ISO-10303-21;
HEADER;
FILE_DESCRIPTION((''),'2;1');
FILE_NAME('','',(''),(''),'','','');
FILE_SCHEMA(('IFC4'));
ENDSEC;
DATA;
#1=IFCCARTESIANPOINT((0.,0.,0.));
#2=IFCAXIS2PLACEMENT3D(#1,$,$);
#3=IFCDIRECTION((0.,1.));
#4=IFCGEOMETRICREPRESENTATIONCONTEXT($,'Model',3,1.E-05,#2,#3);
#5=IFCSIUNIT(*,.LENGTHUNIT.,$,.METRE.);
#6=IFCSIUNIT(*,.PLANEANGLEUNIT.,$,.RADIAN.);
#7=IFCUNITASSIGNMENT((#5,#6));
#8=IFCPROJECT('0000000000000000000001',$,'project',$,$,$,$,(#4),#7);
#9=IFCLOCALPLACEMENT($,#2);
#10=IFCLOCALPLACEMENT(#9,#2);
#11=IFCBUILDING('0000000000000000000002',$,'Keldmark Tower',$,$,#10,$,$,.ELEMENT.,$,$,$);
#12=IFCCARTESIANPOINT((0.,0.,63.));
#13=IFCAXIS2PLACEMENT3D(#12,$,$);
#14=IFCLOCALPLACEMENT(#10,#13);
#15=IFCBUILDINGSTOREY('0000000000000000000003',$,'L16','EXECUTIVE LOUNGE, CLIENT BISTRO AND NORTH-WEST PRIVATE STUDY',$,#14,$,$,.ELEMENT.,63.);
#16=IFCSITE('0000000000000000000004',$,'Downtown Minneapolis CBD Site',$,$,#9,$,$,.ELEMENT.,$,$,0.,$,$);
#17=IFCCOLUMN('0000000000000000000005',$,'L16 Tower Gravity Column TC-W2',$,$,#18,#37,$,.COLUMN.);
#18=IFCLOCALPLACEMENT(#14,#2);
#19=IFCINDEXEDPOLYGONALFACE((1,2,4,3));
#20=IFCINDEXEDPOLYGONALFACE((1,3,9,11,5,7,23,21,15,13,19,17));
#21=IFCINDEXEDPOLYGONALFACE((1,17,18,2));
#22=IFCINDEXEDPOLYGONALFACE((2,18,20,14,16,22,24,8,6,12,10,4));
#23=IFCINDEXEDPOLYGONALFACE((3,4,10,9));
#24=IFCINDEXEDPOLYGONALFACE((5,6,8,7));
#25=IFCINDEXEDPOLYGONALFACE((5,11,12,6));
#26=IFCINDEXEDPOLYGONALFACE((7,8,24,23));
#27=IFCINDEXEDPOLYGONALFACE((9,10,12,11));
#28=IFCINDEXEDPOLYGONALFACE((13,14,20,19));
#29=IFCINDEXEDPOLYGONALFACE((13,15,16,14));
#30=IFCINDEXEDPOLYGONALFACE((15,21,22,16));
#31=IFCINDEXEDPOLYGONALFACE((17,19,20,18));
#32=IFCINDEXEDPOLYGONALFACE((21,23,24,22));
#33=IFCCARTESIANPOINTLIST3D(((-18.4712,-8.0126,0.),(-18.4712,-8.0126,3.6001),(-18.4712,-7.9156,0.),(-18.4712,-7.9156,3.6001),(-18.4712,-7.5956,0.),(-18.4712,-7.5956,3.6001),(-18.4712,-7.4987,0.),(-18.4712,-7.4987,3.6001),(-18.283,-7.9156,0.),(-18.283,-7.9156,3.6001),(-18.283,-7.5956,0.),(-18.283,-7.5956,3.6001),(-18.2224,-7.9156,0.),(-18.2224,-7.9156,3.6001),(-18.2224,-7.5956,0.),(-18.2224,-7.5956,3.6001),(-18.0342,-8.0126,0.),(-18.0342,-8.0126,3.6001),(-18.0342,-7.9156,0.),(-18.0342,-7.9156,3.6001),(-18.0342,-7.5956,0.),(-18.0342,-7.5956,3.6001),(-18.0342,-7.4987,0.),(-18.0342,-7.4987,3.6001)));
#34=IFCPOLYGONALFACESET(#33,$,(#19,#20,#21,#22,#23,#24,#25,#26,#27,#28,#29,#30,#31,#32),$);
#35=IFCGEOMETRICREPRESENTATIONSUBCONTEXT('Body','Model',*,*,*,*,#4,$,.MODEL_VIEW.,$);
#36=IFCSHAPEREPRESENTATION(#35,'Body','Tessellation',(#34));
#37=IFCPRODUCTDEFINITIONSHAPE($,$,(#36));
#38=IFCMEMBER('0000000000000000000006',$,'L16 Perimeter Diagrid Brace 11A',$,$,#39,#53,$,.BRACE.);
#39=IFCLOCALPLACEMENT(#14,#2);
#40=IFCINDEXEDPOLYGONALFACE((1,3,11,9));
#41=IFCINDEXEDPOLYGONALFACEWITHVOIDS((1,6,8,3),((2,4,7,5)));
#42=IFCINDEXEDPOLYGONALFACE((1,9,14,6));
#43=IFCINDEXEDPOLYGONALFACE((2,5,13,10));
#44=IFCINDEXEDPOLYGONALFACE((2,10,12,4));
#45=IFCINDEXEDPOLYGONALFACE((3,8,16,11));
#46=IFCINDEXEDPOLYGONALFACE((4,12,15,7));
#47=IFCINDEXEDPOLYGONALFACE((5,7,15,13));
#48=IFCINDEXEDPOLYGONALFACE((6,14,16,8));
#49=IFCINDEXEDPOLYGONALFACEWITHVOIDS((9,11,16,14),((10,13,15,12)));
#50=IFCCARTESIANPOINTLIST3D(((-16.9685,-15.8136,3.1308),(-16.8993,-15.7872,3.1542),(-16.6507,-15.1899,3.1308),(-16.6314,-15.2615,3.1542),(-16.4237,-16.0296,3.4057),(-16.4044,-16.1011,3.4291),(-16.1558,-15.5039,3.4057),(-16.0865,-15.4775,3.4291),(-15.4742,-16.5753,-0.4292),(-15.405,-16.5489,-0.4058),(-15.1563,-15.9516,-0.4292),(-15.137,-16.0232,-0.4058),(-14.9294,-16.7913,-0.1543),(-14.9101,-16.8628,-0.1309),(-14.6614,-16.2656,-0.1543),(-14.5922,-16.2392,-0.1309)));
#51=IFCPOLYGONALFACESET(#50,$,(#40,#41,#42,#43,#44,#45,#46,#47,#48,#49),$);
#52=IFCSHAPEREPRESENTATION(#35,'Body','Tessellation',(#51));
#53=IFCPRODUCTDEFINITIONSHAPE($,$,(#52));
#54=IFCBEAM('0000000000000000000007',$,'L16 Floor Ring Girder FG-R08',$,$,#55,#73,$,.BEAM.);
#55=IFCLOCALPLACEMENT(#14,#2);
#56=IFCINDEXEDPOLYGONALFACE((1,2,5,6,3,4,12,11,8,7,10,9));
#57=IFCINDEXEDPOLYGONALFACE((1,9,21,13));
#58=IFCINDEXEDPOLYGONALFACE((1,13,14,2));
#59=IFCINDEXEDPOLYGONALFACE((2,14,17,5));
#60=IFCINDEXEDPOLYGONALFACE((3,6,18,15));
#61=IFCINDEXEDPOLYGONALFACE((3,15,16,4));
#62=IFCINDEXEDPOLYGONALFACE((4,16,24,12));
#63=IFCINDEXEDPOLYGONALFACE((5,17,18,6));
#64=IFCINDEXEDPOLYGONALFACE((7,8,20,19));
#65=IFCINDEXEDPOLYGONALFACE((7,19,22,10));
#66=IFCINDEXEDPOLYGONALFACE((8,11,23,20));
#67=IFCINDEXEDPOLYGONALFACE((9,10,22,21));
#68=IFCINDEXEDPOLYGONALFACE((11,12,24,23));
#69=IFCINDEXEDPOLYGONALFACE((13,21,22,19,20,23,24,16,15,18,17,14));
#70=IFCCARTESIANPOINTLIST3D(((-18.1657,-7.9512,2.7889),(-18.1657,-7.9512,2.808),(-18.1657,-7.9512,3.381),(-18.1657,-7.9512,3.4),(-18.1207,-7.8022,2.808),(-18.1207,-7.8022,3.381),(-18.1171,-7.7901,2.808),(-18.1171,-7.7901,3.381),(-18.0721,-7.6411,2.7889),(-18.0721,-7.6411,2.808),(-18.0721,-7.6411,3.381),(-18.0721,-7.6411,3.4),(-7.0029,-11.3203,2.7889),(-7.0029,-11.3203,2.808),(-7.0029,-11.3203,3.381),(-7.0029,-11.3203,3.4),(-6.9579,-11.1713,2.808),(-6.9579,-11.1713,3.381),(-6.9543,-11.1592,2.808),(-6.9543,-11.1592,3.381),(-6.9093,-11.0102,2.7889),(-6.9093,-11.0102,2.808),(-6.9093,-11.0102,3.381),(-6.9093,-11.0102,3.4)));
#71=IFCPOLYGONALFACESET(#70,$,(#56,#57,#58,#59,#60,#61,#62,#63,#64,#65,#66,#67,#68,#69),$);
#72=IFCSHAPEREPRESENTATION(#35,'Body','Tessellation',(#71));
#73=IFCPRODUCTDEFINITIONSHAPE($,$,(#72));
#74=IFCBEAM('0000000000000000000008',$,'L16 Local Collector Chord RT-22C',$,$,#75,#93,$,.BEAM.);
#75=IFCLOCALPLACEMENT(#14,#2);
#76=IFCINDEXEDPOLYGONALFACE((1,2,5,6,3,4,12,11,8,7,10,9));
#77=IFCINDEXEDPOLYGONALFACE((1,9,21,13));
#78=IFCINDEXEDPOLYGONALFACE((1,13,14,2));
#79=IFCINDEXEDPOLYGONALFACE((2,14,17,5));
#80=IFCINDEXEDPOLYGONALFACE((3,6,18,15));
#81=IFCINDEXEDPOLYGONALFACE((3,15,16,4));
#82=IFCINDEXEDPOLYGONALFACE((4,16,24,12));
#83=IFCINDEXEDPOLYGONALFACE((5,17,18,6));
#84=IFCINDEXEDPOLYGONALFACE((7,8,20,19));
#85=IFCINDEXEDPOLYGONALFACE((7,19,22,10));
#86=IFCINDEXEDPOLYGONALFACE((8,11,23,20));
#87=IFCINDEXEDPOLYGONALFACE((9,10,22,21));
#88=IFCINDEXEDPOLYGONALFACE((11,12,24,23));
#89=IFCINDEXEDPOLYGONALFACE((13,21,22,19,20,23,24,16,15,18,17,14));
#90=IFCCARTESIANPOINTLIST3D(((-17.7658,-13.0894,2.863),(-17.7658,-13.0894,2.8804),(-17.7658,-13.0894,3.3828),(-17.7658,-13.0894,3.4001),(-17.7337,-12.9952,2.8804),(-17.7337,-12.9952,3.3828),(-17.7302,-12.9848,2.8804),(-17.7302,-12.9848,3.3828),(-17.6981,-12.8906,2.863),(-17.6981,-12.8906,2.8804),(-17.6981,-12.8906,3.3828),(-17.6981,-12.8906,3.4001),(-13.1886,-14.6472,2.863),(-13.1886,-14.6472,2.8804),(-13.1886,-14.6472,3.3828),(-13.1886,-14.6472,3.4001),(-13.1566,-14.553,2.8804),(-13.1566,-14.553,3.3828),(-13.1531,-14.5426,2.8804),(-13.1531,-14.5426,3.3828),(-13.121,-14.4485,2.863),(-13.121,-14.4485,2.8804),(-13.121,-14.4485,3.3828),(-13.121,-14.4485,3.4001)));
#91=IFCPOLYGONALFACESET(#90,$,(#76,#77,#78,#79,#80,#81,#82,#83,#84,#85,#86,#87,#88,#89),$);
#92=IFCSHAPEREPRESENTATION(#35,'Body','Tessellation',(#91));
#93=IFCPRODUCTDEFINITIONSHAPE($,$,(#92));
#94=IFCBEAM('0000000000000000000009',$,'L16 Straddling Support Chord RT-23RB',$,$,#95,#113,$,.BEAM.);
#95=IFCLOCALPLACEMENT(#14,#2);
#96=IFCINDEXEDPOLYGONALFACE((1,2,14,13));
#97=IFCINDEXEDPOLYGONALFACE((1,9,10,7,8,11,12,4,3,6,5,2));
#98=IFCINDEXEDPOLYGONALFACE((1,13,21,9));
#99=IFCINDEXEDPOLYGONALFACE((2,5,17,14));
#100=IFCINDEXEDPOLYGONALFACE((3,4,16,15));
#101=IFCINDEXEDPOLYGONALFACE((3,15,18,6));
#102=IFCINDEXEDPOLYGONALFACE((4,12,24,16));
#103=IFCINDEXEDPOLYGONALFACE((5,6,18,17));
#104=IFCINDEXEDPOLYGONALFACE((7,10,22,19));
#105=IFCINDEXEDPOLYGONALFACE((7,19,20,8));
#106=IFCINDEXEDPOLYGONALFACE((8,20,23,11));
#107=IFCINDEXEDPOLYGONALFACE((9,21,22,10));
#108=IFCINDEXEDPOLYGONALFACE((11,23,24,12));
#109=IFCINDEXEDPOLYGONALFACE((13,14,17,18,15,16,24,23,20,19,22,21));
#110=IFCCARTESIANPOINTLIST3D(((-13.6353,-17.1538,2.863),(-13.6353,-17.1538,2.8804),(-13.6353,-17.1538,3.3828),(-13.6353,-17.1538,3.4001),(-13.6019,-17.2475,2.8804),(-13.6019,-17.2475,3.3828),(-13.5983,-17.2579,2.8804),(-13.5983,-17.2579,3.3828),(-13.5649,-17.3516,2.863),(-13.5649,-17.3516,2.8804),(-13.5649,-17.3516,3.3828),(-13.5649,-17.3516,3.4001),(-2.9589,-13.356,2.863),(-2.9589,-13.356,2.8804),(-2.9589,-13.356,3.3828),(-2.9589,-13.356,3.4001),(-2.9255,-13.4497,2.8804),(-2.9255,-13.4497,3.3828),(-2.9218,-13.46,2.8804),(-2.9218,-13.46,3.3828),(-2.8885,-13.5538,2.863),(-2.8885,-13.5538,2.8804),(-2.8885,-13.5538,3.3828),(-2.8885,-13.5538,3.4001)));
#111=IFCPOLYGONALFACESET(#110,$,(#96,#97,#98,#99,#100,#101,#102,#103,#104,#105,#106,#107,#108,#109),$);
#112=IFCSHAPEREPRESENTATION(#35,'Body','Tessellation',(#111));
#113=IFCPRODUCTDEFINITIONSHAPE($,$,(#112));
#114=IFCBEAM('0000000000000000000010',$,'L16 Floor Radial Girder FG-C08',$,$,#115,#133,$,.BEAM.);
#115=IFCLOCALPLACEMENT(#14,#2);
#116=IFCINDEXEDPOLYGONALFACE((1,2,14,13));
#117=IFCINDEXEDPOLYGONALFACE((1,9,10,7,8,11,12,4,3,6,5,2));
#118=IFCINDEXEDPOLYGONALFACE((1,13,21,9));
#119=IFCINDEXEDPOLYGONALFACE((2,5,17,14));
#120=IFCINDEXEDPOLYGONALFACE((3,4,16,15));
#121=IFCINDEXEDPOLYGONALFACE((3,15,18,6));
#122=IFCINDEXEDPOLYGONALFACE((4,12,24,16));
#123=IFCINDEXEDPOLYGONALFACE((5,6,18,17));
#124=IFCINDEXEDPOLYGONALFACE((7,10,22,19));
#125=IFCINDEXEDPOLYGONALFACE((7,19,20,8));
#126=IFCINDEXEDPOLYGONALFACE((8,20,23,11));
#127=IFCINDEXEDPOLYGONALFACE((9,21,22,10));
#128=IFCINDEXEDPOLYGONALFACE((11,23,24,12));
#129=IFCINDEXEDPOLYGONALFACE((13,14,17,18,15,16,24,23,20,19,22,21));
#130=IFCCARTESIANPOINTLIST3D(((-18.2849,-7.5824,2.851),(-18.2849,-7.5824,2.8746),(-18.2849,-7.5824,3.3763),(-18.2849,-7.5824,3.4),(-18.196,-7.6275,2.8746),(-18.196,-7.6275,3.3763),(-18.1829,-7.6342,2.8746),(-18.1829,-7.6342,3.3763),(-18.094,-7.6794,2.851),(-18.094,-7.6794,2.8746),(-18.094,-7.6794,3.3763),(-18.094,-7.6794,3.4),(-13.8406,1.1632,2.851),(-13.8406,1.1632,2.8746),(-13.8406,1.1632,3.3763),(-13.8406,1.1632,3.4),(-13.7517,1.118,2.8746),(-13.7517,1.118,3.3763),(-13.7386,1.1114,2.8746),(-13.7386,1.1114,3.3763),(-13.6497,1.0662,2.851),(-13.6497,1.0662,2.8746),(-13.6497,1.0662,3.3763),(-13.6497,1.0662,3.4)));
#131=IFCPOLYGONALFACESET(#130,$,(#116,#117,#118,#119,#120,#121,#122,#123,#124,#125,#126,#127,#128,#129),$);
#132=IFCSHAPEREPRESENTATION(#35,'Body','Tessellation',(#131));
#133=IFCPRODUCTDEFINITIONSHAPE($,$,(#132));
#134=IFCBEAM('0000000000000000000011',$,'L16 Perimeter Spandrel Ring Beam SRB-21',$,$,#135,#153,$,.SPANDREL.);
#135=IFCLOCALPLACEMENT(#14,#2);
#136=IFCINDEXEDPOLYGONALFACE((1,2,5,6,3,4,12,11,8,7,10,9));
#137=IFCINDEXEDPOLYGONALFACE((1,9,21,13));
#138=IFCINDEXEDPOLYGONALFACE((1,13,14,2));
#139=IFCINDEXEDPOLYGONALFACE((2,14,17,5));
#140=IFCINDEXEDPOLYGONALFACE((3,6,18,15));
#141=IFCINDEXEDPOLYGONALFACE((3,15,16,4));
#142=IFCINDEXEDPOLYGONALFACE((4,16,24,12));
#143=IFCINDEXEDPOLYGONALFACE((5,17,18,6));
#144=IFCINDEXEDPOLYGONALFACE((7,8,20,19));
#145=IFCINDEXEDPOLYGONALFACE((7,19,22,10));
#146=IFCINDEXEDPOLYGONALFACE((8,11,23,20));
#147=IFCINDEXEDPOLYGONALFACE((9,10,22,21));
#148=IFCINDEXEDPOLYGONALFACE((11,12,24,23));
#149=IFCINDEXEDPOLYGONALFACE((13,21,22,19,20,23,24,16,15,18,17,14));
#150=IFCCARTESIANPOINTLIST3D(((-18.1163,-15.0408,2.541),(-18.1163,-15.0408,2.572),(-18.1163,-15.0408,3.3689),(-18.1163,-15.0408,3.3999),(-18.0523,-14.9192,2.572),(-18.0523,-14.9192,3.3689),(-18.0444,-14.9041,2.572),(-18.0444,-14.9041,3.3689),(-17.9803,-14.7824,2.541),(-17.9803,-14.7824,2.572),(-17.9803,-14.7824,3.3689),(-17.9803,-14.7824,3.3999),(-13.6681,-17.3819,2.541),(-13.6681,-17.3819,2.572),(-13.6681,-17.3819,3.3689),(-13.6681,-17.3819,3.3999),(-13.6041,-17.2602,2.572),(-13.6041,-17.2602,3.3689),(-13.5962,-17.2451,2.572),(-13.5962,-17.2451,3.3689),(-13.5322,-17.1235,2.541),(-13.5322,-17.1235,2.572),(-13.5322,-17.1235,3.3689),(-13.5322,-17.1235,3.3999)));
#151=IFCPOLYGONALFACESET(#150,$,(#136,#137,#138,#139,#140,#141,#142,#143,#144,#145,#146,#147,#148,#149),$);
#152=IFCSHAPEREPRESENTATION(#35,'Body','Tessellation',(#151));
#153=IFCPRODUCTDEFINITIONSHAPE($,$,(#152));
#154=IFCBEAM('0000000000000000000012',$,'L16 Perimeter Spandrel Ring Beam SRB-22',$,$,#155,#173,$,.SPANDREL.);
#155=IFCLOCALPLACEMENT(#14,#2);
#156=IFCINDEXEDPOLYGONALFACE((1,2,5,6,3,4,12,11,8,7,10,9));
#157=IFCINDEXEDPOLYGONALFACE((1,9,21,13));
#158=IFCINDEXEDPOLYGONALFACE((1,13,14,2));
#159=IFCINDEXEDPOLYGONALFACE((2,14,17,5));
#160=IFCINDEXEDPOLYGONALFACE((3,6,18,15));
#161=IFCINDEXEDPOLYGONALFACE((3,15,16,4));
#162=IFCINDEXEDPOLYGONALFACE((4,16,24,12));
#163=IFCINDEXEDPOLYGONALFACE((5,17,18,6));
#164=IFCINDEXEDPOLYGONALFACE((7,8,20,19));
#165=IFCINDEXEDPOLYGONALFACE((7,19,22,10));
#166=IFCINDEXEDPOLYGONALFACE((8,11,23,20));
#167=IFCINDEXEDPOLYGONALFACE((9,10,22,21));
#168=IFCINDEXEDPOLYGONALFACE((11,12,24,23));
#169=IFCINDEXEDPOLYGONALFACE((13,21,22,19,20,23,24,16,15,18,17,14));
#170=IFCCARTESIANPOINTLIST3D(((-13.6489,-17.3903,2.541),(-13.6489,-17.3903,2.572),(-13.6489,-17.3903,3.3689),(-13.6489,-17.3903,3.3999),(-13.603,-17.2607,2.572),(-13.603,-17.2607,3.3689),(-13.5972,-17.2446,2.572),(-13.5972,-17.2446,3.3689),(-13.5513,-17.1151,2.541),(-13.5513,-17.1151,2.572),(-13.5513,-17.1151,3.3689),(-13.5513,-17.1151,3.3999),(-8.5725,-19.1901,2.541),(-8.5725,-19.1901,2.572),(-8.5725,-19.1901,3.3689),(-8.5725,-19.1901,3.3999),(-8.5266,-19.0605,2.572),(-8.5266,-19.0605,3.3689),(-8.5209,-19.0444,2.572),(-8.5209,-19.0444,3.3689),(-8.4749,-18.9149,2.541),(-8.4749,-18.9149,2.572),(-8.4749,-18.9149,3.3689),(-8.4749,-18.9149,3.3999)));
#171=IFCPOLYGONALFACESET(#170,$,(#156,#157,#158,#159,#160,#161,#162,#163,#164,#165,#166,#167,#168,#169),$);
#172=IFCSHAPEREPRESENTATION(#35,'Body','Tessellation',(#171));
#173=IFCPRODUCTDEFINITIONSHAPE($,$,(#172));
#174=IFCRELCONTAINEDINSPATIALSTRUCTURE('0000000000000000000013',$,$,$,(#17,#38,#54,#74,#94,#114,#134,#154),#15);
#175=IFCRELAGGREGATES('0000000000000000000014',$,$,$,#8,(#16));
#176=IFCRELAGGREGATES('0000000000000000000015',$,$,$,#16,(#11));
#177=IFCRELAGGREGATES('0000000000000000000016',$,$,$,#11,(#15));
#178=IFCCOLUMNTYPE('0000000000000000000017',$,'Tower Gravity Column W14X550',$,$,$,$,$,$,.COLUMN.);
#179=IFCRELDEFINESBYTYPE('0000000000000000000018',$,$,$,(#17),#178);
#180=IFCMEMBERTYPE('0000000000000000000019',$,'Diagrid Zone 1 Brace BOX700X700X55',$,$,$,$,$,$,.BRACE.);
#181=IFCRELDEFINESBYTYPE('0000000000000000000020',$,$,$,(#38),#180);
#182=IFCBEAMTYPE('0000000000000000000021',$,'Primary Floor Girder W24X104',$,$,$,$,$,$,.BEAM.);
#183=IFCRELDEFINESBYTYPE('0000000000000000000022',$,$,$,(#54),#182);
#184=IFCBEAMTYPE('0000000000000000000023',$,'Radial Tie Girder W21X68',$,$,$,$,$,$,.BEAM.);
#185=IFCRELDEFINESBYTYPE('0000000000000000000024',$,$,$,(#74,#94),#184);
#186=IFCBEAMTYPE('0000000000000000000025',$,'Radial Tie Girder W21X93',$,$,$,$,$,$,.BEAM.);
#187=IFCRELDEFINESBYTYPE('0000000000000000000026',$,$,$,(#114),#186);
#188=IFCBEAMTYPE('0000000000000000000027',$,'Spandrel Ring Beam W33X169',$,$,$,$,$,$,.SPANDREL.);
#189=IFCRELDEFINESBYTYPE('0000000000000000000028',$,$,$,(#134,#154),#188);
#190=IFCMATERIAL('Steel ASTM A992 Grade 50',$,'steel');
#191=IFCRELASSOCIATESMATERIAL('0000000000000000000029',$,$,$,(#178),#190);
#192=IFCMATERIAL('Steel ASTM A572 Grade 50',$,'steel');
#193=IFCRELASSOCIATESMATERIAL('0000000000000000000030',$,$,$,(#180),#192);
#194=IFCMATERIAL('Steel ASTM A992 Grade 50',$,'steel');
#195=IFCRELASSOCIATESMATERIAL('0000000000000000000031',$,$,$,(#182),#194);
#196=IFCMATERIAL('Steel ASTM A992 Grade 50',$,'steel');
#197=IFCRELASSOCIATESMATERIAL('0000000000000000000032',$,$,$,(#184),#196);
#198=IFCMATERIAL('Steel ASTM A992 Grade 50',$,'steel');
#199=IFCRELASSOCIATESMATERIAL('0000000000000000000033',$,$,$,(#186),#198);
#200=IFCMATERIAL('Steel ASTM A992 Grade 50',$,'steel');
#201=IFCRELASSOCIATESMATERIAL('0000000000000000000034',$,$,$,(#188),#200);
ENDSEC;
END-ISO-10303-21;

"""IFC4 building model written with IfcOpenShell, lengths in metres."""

from ifc_helpers import new_model, si_unit, direction, frame, origin, origin_2d, place, context, subcontext, project, spatial, hollow_rectangle, i_section, extrude, material, material_profile, profile_set, type_object, element, save


model = new_model("IFC4")

# Units and contexts
model_context = context("Model", 3, precision=1e-05, world=origin(), true_north=direction((0.0, 1.0)))
body_context = subcontext(model_context, "Body", "Model", "MODEL_VIEW")
ifc_project = project(units=[si_unit("LENGTHUNIT", "METRE"), si_unit("PLANEANGLEUNIT", "RADIAN")], contexts=[model_context])

# Site, building, storey
site_placement = place(None, origin())
site = spatial("IfcSite", under=ifc_project, at=site_placement, Name="Downtown Minneapolis CBD Site", CompositionType="ELEMENT", RefElevation=0.0)
building_placement = place(site_placement, origin())
building = spatial("IfcBuilding", under=site, at=building_placement, Name="Keldmark Tower", CompositionType="ELEMENT")
storey_placement = place(building_placement, frame((0.0, 0.0, 63.0)))
storey = spatial("IfcBuildingStorey", under=building, at=storey_placement, Name="L16", Description="EXECUTIVE LOUNGE, CLIENT BISTRO AND NORTH-WEST PRIVATE STUDY", CompositionType="ELEMENT", Elevation=63.0)

# Column
ifc_material_1 = material(Name="Steel ASTM A992 Grade 50", Category="steel")
ifc_material_profile_1 = material_profile(ifc_material_1, i_section(OverallWidth=0.437, OverallDepth=0.5139, WebThickness=0.0605, FlangeThickness=0.0969, at=origin_2d()), Name="W14X550")
ifc_profile_set_1 = profile_set([ifc_material_profile_1], Name="Steel ASTM A992 Grade 50")
column_type = type_object("IfcColumnType", Name="Tower Gravity Column W14X550", PredefinedType="COLUMN", material=ifc_profile_set_1)
column_placement = place(storey_placement, frame((-18.2527, -7.7556, 0.0), z_axis=(0.0, 0.0, 1.0), x_axis=(1.0, 0.0, 0.0)))
element("IfcColumn", 1, at=column_placement, inside=storey, type_object=column_type, Name="L16 Tower Gravity Column TC-W2", PredefinedType="COLUMN", context=body_context, shape_type="SweptSolid", body=[
    extrude(i_section(OverallWidth=0.437, OverallDepth=0.5139, WebThickness=0.0605, FlangeThickness=0.0969, at=origin_2d()), origin(), (0.0, 0.0, 1.0), 3.6001),
])

# Member
ifc_material_2 = material(Name="Steel ASTM A572 Grade 50", Category="steel")
ifc_material_profile_2 = material_profile(ifc_material_2, hollow_rectangle(XDim=0.7, YDim=0.7, WallThickness=0.0549, at=origin_2d()), Name="BOX700X700X55")
ifc_profile_set_2 = profile_set([ifc_material_profile_2], Name="Steel ASTM A572 Grade 50")
member_type = type_object("IfcMemberType", Name="Diagrid Zone 1 Brace BOX700X700X55", PredefinedType="BRACE", material=ifc_profile_set_2)
member_placement = place(storey_placement, frame((-15.0332, -16.4072, -0.28), z_axis=(-0.379728, 0.193555, 0.904623), x_axis=(-0.454129, -0.890936, 0.0)))
element("IfcMember", 2, at=member_placement, inside=storey, type_object=member_type, Name="L16 Perimeter Diagrid Brace 11A", PredefinedType="BRACE", context=body_context, shape_type="SweptSolid", body=[
    extrude(hollow_rectangle(XDim=0.7, YDim=0.7, WallThickness=0.0549, at=origin_2d()), origin(), (0.0, 0.0, 1.0), 3.9353),
])

# Beams
ifc_material_3 = material(Name="Steel ASTM A992 Grade 50", Category="steel")
ifc_material_profile_3 = material_profile(ifc_material_3, i_section(OverallWidth=0.324, OverallDepth=0.6111, WebThickness=0.0127, FlangeThickness=0.019, at=origin_2d()), Name="W24X104")
ifc_profile_set_3 = profile_set([ifc_material_profile_3], Name="Steel ASTM A992 Grade 50")
beam_type_1 = type_object("IfcBeamType", Name="Primary Floor Girder W24X104", PredefinedType="BEAM", material=ifc_profile_set_3)
beam_1_placement = place(storey_placement, frame((-18.1189, -7.7961, 3.0945), z_axis=(0.957346, -0.288944, 0.0), x_axis=(0.288944, 0.957346, 0.0)))
element("IfcBeam", 3, at=beam_1_placement, inside=storey, type_object=beam_type_1, Name="L16 Floor Ring Girder FG-R08", PredefinedType="BEAM", context=body_context, shape_type="SweptSolid", body=[
    extrude(i_section(OverallWidth=0.324, OverallDepth=0.6111, WebThickness=0.0127, FlangeThickness=0.019, at=origin_2d()), origin(), (0.0, 0.0, 1.0), 11.6602),
])
ifc_material_4 = material(Name="Steel ASTM A992 Grade 50", Category="steel")
ifc_material_profile_4 = material_profile(ifc_material_4, i_section(OverallWidth=0.21, OverallDepth=0.5371, WebThickness=0.011, FlangeThickness=0.0173, at=origin_2d()), Name="W21X68")
ifc_profile_set_4 = profile_set([ifc_material_profile_4], Name="Steel ASTM A992 Grade 50")
beam_type_2 = type_object("IfcBeamType", Name="Radial Tie Girder W21X68", PredefinedType="BEAM", material=ifc_profile_set_4)
beam_2_placement = place(storey_placement, frame((-17.7319, -12.99, 3.1316), z_axis=(0.94667, -0.322205, 0.0), x_axis=(0.322205, 0.94667, 0.0)))
element("IfcBeam", 4, at=beam_2_placement, inside=storey, type_object=beam_type_2, Name="L16 Local Collector Chord RT-22C", PredefinedType="BEAM", context=body_context, shape_type="SweptSolid", body=[
    extrude(i_section(OverallWidth=0.21, OverallDepth=0.5371, WebThickness=0.011, FlangeThickness=0.0173, at=origin_2d()), origin(), (0.0, 0.0, 1.0), 4.835),
])
beam_3_placement = place(storey_placement, frame((-13.6001, -17.2527, 3.1316), z_axis=(0.942166, 0.335147, 0.0), x_axis=(-0.335147, 0.942166, 0.0)))
element("IfcBeam", 5, at=beam_3_placement, inside=storey, type_object=beam_type_2, Name="L16 Straddling Support Chord RT-23RB", PredefinedType="BEAM", context=body_context, shape_type="SweptSolid", body=[
    extrude(i_section(OverallWidth=0.21, OverallDepth=0.5371, WebThickness=0.011, FlangeThickness=0.0173, at=origin_2d()), origin(), (0.0, 0.0, 1.0), 11.3318),
])
ifc_material_5 = material(Name="Steel ASTM A992 Grade 50", Category="steel")
ifc_material_profile_5 = material_profile(ifc_material_5, i_section(OverallWidth=0.2141, OverallDepth=0.5491, WebThickness=0.0146, FlangeThickness=0.0237, at=origin_2d()), Name="W21X93")
ifc_profile_set_5 = profile_set([ifc_material_profile_5], Name="Steel ASTM A992 Grade 50")
beam_type_3 = type_object("IfcBeamType", Name="Radial Tie Girder W21X93", PredefinedType="BEAM", material=ifc_profile_set_5)
beam_4_placement = place(storey_placement, frame((-18.1895, -7.6309, 3.1255), z_axis=(0.453038, 0.891491, 0.0), x_axis=(-0.891491, 0.453038, 0.0)))
element("IfcBeam", 6, at=beam_4_placement, inside=storey, type_object=beam_type_3, Name="L16 Floor Radial Girder FG-C08", PredefinedType="BEAM", context=body_context, shape_type="SweptSolid", body=[
    extrude(i_section(OverallWidth=0.2141, OverallDepth=0.5491, WebThickness=0.0146, FlangeThickness=0.0237, at=origin_2d()), origin(), (0.0, 0.0, 1.0), 9.8101),
])
ifc_material_6 = material(Name="Steel ASTM A992 Grade 50", Category="steel")
ifc_material_profile_6 = material_profile(ifc_material_6, i_section(OverallWidth=0.292, OverallDepth=0.8589, WebThickness=0.0171, FlangeThickness=0.031, at=origin_2d()), Name="W33X169")
ifc_profile_set_6 = profile_set([ifc_material_profile_6], Name="Steel ASTM A992 Grade 50")
beam_type_4 = type_object("IfcBeamType", Name="Spandrel Ring Beam W33X169", PredefinedType="SPANDREL", material=ifc_profile_set_6)
beam_5_placement = place(storey_placement, frame((-18.0483, -14.9116, 2.9705), z_axis=(0.884928, -0.465728, 0.0), x_axis=(0.465728, 0.884928, 0.0)))
element("IfcBeam", 7, at=beam_5_placement, inside=storey, type_object=beam_type_4, Name="L16 Perimeter Spandrel Ring Beam SRB-21", PredefinedType="SPANDREL", context=body_context, shape_type="SweptSolid", body=[
    extrude(i_section(OverallWidth=0.292, OverallDepth=0.8589, WebThickness=0.0171, FlangeThickness=0.031, at=origin_2d()), origin(), (0.0, 0.0, 1.0), 5.0266),
])
beam_6_placement = place(storey_placement, frame((-13.6001, -17.2527, 2.9705), z_axis=(0.942516, -0.334162, 0.0), x_axis=(0.334162, 0.942516, 0.0)))
element("IfcBeam", 8, at=beam_6_placement, inside=storey, type_object=beam_type_4, Name="L16 Perimeter Spandrel Ring Beam SRB-22", PredefinedType="SPANDREL", context=body_context, shape_type="SweptSolid", body=[
    extrude(i_section(OverallWidth=0.292, OverallDepth=0.8589, WebThickness=0.0171, FlangeThickness=0.031, at=origin_2d()), origin(), (0.0, 0.0, 1.0), 5.386),
])

save(model, "model.ifc")
